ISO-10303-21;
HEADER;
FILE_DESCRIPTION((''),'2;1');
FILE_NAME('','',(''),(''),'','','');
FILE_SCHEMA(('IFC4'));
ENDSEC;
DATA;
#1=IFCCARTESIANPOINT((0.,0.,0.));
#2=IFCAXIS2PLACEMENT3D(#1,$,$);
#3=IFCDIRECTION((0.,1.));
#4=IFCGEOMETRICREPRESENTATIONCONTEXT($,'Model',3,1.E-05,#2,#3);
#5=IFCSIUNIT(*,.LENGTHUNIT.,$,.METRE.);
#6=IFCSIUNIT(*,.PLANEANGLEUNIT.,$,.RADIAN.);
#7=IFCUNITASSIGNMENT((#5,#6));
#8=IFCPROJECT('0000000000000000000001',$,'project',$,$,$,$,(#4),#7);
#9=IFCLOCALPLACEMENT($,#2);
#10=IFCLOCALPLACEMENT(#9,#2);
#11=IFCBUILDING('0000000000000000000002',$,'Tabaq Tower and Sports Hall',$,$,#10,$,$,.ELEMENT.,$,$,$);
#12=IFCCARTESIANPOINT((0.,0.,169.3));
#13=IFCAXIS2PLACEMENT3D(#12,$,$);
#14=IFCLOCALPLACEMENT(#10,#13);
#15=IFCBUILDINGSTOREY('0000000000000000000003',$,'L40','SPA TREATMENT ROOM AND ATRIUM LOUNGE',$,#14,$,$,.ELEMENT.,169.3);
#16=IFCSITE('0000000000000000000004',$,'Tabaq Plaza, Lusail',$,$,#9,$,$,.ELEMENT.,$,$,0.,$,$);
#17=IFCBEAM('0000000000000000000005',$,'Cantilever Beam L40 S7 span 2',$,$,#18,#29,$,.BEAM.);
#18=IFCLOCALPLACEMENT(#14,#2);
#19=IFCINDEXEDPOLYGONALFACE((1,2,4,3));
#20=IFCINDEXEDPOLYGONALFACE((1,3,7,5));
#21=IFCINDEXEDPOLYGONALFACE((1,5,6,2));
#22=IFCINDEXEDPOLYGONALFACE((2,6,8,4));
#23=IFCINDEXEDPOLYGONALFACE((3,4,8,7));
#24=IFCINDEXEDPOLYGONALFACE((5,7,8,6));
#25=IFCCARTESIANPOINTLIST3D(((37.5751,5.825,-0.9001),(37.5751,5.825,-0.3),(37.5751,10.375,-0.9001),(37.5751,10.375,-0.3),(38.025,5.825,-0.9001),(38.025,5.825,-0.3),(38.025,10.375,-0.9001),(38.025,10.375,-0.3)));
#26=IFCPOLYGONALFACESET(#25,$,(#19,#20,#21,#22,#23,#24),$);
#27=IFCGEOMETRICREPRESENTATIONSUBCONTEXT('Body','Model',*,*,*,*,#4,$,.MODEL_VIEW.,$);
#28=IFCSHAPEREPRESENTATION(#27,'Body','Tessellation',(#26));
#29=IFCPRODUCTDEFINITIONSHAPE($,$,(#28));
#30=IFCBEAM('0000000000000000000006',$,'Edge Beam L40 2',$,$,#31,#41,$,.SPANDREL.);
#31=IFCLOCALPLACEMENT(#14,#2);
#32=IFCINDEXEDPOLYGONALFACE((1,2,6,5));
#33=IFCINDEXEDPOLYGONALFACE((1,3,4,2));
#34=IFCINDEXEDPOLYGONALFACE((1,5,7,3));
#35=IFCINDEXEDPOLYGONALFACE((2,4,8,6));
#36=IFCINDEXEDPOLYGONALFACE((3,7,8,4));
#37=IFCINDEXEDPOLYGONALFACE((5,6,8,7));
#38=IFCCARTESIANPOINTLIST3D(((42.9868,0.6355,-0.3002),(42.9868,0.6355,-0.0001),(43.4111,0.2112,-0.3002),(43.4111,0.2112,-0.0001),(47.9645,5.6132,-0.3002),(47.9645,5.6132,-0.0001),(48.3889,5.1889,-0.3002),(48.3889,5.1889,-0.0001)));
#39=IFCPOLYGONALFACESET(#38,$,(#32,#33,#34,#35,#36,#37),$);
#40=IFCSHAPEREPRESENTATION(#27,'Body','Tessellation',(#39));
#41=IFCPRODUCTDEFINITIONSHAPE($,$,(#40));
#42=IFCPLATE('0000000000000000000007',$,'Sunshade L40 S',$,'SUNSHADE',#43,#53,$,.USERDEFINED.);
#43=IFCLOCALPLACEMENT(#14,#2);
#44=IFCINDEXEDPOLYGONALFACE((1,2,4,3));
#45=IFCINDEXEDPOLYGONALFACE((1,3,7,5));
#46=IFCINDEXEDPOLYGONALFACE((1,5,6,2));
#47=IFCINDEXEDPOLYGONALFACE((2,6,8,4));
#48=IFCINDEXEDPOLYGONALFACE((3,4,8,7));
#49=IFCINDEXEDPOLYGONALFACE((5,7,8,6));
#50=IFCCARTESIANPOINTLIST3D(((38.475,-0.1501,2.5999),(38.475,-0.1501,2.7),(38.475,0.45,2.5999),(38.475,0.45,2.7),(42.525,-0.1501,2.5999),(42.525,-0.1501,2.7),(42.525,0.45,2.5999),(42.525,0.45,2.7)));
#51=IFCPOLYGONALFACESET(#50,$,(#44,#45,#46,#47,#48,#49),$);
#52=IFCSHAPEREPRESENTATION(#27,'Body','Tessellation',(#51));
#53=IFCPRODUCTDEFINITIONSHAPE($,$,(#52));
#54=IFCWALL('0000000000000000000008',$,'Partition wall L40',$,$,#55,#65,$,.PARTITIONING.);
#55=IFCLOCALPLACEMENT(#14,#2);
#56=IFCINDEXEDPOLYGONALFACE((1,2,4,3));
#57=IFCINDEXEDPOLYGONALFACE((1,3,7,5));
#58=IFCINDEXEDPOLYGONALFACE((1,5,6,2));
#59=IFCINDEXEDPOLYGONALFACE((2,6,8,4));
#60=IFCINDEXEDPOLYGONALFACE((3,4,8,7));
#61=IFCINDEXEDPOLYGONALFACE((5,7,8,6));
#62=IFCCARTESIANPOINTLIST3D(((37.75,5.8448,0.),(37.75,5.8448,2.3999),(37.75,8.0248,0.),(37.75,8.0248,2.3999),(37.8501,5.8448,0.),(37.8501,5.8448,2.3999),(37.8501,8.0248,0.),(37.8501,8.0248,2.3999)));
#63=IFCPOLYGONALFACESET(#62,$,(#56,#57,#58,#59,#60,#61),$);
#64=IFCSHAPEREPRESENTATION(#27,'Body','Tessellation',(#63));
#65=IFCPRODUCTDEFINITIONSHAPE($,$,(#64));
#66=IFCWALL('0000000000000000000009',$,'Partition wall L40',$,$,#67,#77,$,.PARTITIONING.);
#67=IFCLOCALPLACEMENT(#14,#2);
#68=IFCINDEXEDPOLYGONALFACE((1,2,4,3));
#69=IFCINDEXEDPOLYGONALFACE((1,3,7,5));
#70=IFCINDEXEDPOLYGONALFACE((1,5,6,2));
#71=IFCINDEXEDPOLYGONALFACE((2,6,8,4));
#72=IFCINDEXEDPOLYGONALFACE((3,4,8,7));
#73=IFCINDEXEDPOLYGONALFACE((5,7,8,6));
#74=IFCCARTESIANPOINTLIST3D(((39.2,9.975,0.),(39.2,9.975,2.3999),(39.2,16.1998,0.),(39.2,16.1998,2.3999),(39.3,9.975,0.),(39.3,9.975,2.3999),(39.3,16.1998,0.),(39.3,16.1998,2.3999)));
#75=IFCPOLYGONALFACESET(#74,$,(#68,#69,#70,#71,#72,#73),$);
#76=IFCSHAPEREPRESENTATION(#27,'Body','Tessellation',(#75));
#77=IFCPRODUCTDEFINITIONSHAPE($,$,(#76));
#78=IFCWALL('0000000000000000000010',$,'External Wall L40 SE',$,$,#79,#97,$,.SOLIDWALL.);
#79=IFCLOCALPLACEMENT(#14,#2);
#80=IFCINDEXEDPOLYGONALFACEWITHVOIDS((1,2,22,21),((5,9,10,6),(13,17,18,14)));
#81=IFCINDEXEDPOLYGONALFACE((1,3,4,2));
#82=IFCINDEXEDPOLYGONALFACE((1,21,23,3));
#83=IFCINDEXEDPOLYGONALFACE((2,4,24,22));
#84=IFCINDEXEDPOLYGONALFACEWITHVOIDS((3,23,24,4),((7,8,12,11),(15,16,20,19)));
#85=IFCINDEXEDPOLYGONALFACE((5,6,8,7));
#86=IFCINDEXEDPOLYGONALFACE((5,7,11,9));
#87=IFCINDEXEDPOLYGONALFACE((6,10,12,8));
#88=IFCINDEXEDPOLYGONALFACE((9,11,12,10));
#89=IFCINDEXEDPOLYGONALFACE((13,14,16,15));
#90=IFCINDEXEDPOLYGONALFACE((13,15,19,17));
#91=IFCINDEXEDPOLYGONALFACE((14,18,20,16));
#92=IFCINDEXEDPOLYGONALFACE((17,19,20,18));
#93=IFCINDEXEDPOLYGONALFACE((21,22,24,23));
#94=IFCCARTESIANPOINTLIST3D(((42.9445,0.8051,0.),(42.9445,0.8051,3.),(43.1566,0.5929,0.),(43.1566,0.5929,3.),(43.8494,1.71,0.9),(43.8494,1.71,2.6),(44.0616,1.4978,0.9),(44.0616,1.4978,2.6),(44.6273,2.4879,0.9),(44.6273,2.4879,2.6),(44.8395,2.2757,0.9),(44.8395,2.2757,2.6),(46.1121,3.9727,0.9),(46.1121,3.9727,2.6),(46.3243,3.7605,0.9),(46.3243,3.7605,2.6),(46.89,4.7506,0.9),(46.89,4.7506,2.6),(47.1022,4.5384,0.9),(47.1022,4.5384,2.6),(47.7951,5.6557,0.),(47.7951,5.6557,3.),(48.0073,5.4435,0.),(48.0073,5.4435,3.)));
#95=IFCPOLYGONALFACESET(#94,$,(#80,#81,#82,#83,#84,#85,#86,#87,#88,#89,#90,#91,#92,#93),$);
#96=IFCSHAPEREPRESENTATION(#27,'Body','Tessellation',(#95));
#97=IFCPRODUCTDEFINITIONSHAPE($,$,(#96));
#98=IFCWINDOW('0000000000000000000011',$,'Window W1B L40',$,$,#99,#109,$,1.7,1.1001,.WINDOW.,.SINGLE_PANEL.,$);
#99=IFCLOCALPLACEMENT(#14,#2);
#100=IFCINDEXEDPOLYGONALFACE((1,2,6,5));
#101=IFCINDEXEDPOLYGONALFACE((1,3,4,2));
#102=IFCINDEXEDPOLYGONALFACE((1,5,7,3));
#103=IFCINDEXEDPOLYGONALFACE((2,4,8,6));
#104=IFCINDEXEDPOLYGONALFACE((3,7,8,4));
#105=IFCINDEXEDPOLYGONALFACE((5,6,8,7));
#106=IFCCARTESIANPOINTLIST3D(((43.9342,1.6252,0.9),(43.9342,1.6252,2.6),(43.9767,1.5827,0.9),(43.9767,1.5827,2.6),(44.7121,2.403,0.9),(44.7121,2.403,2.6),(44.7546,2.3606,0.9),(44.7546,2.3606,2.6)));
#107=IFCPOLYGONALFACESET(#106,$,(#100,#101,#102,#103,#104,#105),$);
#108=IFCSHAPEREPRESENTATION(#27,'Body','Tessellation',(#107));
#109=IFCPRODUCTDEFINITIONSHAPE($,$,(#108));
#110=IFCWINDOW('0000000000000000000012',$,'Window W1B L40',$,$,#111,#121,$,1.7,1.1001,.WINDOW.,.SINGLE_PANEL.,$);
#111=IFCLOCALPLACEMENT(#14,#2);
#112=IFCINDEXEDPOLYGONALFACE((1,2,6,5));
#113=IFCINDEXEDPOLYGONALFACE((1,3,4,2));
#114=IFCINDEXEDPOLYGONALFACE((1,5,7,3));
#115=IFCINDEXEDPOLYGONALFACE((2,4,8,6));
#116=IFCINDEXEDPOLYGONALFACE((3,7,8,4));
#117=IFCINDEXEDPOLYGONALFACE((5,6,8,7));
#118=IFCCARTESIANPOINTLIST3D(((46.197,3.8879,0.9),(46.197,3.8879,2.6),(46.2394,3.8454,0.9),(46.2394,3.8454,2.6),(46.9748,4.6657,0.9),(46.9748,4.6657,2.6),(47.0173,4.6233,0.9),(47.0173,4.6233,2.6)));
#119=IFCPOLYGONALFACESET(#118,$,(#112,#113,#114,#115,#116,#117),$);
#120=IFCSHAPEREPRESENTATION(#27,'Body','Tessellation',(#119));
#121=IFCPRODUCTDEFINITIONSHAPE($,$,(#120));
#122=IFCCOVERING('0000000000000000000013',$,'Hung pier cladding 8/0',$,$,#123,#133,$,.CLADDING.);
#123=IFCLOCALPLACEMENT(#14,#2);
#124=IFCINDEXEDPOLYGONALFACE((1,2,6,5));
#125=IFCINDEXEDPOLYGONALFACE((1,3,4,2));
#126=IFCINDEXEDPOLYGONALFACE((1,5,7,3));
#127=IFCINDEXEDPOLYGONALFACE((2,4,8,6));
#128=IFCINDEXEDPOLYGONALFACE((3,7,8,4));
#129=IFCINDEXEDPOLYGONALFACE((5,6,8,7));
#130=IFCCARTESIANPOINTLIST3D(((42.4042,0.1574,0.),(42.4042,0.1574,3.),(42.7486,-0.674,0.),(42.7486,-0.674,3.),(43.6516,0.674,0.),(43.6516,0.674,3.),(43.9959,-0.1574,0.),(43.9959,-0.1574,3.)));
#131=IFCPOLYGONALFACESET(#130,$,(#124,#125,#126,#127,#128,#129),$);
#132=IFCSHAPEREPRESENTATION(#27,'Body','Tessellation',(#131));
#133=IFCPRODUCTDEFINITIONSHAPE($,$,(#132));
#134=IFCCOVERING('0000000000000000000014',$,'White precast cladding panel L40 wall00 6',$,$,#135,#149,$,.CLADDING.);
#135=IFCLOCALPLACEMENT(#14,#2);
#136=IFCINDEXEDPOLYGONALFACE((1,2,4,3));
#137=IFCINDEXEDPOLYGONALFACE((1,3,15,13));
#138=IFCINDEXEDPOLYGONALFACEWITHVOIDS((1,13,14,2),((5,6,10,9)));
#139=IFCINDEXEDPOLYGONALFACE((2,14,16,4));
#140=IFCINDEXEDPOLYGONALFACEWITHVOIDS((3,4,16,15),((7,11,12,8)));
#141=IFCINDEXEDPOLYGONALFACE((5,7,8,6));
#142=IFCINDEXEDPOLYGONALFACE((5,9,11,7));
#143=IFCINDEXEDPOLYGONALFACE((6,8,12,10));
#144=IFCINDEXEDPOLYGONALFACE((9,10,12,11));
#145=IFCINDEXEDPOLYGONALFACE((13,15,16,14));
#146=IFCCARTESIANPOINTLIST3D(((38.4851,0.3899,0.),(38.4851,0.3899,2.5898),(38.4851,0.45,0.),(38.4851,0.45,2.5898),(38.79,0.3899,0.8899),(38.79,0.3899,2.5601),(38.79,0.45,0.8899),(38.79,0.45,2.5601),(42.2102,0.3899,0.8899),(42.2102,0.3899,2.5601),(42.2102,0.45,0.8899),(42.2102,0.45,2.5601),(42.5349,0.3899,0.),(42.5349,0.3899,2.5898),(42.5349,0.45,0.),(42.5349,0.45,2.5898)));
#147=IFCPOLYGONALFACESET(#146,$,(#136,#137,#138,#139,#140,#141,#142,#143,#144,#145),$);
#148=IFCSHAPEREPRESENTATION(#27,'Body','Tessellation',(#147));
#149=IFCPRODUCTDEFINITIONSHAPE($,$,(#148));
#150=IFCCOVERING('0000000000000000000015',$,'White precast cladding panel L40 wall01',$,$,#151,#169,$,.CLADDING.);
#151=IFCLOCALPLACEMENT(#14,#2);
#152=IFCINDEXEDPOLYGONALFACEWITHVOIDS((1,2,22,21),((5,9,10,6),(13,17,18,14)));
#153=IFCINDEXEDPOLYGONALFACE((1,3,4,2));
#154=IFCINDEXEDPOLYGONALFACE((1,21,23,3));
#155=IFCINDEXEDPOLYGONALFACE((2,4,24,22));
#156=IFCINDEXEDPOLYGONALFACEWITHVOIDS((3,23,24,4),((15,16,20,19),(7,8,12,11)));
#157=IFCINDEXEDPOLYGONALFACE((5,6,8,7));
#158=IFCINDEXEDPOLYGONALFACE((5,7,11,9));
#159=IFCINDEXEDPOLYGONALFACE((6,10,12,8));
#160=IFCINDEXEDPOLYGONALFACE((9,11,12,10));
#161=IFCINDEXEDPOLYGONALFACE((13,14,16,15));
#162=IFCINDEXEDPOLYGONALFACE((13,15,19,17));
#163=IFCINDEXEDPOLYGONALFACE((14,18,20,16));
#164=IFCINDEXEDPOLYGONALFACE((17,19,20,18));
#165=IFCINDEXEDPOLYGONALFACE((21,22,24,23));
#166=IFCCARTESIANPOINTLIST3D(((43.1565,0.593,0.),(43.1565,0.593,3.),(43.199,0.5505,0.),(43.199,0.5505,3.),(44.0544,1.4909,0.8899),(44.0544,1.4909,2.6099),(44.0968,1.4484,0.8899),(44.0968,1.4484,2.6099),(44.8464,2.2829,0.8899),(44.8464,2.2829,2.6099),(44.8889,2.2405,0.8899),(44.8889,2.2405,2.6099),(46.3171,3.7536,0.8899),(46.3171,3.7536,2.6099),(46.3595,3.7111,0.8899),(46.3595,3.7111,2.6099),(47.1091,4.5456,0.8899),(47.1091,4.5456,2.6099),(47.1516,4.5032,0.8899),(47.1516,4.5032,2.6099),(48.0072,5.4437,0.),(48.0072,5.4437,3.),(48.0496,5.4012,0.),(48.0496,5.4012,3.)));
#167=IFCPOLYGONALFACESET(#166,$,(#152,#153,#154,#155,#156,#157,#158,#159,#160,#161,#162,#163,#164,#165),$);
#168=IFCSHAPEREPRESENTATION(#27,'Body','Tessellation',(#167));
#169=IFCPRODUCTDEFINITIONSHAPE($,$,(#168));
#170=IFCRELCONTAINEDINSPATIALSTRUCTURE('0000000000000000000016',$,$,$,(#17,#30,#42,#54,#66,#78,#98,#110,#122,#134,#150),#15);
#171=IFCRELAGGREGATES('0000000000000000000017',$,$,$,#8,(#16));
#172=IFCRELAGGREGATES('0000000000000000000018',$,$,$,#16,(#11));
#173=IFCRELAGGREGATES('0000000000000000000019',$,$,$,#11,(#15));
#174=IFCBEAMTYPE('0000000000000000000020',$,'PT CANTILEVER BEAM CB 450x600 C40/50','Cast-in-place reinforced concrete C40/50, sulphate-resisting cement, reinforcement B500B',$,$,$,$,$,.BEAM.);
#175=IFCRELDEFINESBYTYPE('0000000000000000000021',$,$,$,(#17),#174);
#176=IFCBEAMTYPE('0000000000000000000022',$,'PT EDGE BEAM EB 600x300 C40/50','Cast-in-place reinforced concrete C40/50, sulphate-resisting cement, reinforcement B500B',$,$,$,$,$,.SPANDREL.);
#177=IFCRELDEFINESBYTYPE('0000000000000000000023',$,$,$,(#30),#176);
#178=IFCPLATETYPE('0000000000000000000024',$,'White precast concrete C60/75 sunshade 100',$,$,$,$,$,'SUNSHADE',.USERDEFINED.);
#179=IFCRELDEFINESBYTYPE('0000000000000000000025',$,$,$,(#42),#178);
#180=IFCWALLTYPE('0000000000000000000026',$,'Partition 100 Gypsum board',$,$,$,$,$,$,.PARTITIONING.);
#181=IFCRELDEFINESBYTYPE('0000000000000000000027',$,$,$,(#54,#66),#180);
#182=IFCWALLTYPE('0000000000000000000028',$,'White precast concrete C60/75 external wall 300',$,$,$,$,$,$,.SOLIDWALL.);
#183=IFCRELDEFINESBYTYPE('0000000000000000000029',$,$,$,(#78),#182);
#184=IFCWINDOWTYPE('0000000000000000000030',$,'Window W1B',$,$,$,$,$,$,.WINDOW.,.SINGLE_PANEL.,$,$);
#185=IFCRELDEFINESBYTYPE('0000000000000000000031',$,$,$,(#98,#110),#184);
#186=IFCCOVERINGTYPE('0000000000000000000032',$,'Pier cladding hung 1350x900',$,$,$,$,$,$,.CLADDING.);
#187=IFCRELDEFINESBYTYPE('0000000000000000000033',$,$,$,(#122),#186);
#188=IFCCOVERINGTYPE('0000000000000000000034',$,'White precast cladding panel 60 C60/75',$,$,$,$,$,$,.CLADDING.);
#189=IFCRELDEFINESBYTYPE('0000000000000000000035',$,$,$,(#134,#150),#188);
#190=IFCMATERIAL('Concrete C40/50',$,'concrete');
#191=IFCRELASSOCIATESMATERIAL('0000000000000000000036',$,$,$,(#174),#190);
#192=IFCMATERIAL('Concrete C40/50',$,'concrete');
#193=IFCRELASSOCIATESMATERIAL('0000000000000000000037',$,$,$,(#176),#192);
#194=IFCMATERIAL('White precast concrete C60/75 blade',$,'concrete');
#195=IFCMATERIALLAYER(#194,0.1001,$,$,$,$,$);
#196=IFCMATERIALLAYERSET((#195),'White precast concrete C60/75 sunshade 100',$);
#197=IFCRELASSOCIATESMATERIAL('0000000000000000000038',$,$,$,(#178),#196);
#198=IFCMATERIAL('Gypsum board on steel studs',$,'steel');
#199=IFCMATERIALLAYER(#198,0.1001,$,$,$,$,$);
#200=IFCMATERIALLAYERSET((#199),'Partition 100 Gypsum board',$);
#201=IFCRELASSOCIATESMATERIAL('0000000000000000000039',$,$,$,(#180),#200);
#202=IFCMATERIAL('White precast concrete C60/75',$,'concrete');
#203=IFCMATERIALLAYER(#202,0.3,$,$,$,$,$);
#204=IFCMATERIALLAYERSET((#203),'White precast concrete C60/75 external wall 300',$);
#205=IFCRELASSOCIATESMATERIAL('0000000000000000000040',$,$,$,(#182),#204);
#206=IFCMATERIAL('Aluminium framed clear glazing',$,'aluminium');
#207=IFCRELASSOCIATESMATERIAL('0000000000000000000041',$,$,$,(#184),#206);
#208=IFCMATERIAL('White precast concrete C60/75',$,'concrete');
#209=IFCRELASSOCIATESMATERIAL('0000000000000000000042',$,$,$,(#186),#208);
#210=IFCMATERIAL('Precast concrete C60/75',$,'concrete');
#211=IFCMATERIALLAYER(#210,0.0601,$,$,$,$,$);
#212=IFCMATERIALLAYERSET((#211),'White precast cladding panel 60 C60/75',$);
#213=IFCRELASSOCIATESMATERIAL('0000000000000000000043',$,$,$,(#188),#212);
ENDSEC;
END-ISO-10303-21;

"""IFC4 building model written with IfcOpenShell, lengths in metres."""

from ifc_helpers import new_model, si_unit, direction, frame, frame_2d, origin, origin_2d, place, context, subcontext, project, spatial, polyline, rectangle, outline, extrude, material, layer, layer_set, material_profile, profile_set, type_object, element, fill, save


model = new_model("IFC4")

# Units and contexts
model_context = context("Model", 3, precision=1e-05, world=origin(), true_north=direction((0.0, 1.0)))
body_context = subcontext(model_context, "Body", "Model", "MODEL_VIEW")
ifc_project = project(units=[si_unit("LENGTHUNIT", "METRE"), si_unit("PLANEANGLEUNIT", "RADIAN")], contexts=[model_context])

# Site, building, storey
site_placement = place(None, origin())
site = spatial("IfcSite", under=ifc_project, at=site_placement, Name="Tabaq Plaza, Lusail", CompositionType="ELEMENT", RefElevation=0.0)
building_placement = place(site_placement, origin())
building = spatial("IfcBuilding", under=site, at=building_placement, Name="Tabaq Tower and Sports Hall", CompositionType="ELEMENT")
storey_placement = place(building_placement, frame((0.0, 0.0, 169.3)))
storey = spatial("IfcBuildingStorey", under=building, at=storey_placement, Name="L40", Description="SPA TREATMENT ROOM AND ATRIUM LOUNGE", CompositionType="ELEMENT", Elevation=169.3)

# Beams
ifc_material_1 = material(Name="Concrete C40/50", Category="concrete")
ifc_material_profile_1 = material_profile(ifc_material_1, rectangle(XDim=0.45, YDim=0.6001, at=origin_2d()), Name="CB 450x600")
ifc_profile_set_1 = profile_set([ifc_material_profile_1], Name="Concrete C40/50")
beam_type_1 = type_object("IfcBeamType", Name="PT CANTILEVER BEAM CB 450x600 C40/50", Description="Cast-in-place reinforced concrete C40/50, sulphate-resisting cement, reinforcement B500B", PredefinedType="BEAM", material=ifc_profile_set_1)
beam_1_placement = place(storey_placement, frame((37.8, 5.825, -0.6001), z_axis=(0.0, 1.0, 0.0), x_axis=(-1.0, 0.0, 0.0)))
element("IfcBeam", 1, at=beam_1_placement, inside=storey, type_object=beam_type_1, Name="Cantilever Beam L40 S7 span 2", PredefinedType="BEAM", context=body_context, shape_type="SweptSolid", body=[
    extrude(rectangle(XDim=0.45, YDim=0.6001, at=origin_2d()), origin(), (0.0, 0.0, 1.0), 4.55),
])
ifc_material_2 = material(Name="Concrete C40/50", Category="concrete")
ifc_material_profile_2 = material_profile(ifc_material_2, rectangle(XDim=0.6001, YDim=0.3, at=origin_2d()), Name="EB 600x300")
ifc_profile_set_2 = profile_set([ifc_material_profile_2], Name="Concrete C40/50")
beam_type_2 = type_object("IfcBeamType", Name="PT EDGE BEAM EB 600x300 C40/50", Description="Cast-in-place reinforced concrete C40/50, sulphate-resisting cement, reinforcement B500B", PredefinedType="SPANDREL", material=ifc_profile_set_2)
beam_2_placement = place(storey_placement, frame((43.199, 0.4233, -0.1501), z_axis=(0.707107, 0.707107, 0.0), x_axis=(-0.707107, 0.707107, 0.0)))
element("IfcBeam", 2, at=beam_2_placement, inside=storey, type_object=beam_type_2, Name="Edge Beam L40 2", PredefinedType="SPANDREL", context=body_context, shape_type="SweptSolid", body=[
    extrude(rectangle(XDim=0.6001, YDim=0.3, at=origin_2d()), origin(), (0.0, 0.0, 1.0), 7.0396),
])

# Plate
ifc_material_3 = material(Name="White precast concrete C60/75 blade", Category="concrete")
ifc_layer_1 = layer(ifc_material_3, 0.1001)
ifc_layer_set_1 = layer_set([ifc_layer_1], Name="White precast concrete C60/75 sunshade 100")
plate_type = type_object("IfcPlateType", Name="White precast concrete C60/75 sunshade 100", ElementType="SUNSHADE", PredefinedType="USERDEFINED", material=ifc_layer_set_1)
plate_placement = place(storey_placement, frame((40.5, 0.1499, 2.5999), z_axis=(0.0, 0.0, 1.0), x_axis=(1.0, 0.0, 0.0)))
element("IfcPlate", 3, at=plate_placement, inside=storey, type_object=plate_type, Name="Sunshade L40 S", ObjectType="SUNSHADE", PredefinedType="USERDEFINED", context=body_context, shape_type="SweptSolid", body=[
    extrude(rectangle(XDim=4.05, YDim=0.6001, at=origin_2d()), origin(), (0.0, 0.0, 1.0), 0.1001),
])

# Walls
ifc_material_4 = material(Name="Gypsum board on steel studs", Category="steel")
ifc_layer_2 = layer(ifc_material_4, 0.1001)
ifc_layer_set_2 = layer_set([ifc_layer_2], Name="Partition 100 Gypsum board")
wall_type_1 = type_object("IfcWallType", Name="Partition 100 Gypsum board", PredefinedType="PARTITIONING", material=ifc_layer_set_2)
wall_1_placement = place(storey_placement, frame((37.8, 5.845, 0.0), z_axis=(0.0, 0.0, 1.0), x_axis=(0.0, 1.0, 0.0)))
element("IfcWall", 4, at=wall_1_placement, inside=storey, type_object=wall_type_1, Name="Partition wall L40", PredefinedType="PARTITIONING", context=body_context, shape_type="SweptSolid", body=[
    extrude(rectangle(XDim=2.1799, YDim=0.1001, at=frame_2d((1.0898, 0.0))), origin(), (0.0, 0.0, 1.0), 2.3999),
])
wall_2_placement = place(storey_placement, frame((39.25, 9.9751, 0.0), z_axis=(0.0, 0.0, 1.0), x_axis=(0.0, 1.0, 0.0)))
element("IfcWall", 5, at=wall_2_placement, inside=storey, type_object=wall_type_1, Name="Partition wall L40", PredefinedType="PARTITIONING", context=body_context, shape_type="SweptSolid", body=[
    extrude(rectangle(XDim=6.2249, YDim=0.1001, at=frame_2d((3.1123, 0.0))), origin(), (0.0, 0.0, 1.0), 2.3999),
])

# Wall, openings, windows
ifc_material_5 = material(Name="White precast concrete C60/75", Category="concrete")
ifc_layer_3 = layer(ifc_material_5, 0.3)
ifc_layer_set_3 = layer_set([ifc_layer_3], Name="White precast concrete C60/75 external wall 300")
wall_type_2 = type_object("IfcWallType", Name="White precast concrete C60/75 external wall 300", PredefinedType="SOLIDWALL", material=ifc_layer_set_3)
wall_3_placement = place(storey_placement, frame((43.0505, 0.699, 0.0), z_axis=(0.0, 0.0, 1.0), x_axis=(0.707107, 0.707107, 0.0)))
wall_3 = element("IfcWall", 6, at=wall_3_placement, inside=storey, type_object=wall_type_2, Name="External Wall L40 SE", PredefinedType="SOLIDWALL", context=body_context, shape_type="SweptSolid", body=[
    extrude(rectangle(XDim=6.8599, YDim=0.3, at=frame_2d((3.4299, 0.0))), origin(), (0.0, 0.0, 1.0), 3.0),
])
opening_1_placement = place(wall_3_placement, frame((1.2798, 0.0, 0.8999)))
opening_1 = element("IfcOpeningElement", 7, at=opening_1_placement, cuts=wall_3, PredefinedType="OPENING", context=body_context, shape_type="SweptSolid", body=[
    extrude(rectangle(XDim=1.1001, YDim=1.7, at=frame_2d((0.55, 0.8501))), frame((0.0, 0.1602, 0.0), z_axis=(0.0, -1.0, 0.0), x_axis=(1.0, 0.0, 0.0)), (0.0, 0.0, 1.0), 0.3201),
])
opening_2_placement = place(wall_3_placement, frame((4.4797, 0.0, 0.8999)))
opening_2 = element("IfcOpeningElement", 8, at=opening_2_placement, cuts=wall_3, PredefinedType="OPENING", context=body_context, shape_type="SweptSolid", body=[
    extrude(rectangle(XDim=1.1001, YDim=1.7, at=frame_2d((0.55, 0.8501))), frame((0.0, 0.1602, 0.0), z_axis=(0.0, -1.0, 0.0), x_axis=(1.0, 0.0, 0.0)), (0.0, 0.0, 1.0), 0.3201),
])
ifc_material_6 = material(Name="Aluminium framed clear glazing", Category="aluminium")
window_type = type_object("IfcWindowType", Name="Window W1B", PartitioningType="SINGLE_PANEL", PredefinedType="WINDOW", material=ifc_material_6)
window_1_placement = place(opening_1_placement, origin())
window_1 = element("IfcWindow", 9, at=window_1_placement, inside=storey, type_object=window_type, Name="Window W1B L40", OverallHeight=1.7, OverallWidth=1.1001, PartitioningType="SINGLE_PANEL", PredefinedType="WINDOW", context=body_context, shape_type="SweptSolid", body=[
    extrude(rectangle(XDim=1.1001, YDim=1.7, at=frame_2d((0.55, 0.8501))), frame((0.0, 0.03, 0.0), z_axis=(0.0, -1.0, 0.0), x_axis=(1.0, 0.0, 0.0)), (0.0, 0.0, 1.0), 0.0601),
])
fill(opening_1, window_1)
window_2_placement = place(opening_2_placement, origin())
window_2 = element("IfcWindow", 10, at=window_2_placement, inside=storey, type_object=window_type, Name="Window W1B L40", OverallHeight=1.7, OverallWidth=1.1001, PartitioningType="SINGLE_PANEL", PredefinedType="WINDOW", context=body_context, shape_type="SweptSolid", body=[
    extrude(rectangle(XDim=1.1001, YDim=1.7, at=frame_2d((0.55, 0.8501))), frame((0.0, 0.03, 0.0), z_axis=(0.0, -1.0, 0.0), x_axis=(1.0, 0.0, 0.0)), (0.0, 0.0, 1.0), 0.0601),
])
fill(opening_2, window_2)

# Coverings
ifc_material_7 = material(Name="White precast concrete C60/75", Category="concrete")
covering_type_1 = type_object("IfcCoveringType", Name="Pier cladding hung 1350x900", PredefinedType="CLADDING", material=ifc_material_7)
covering_1_placement = place(storey_placement, frame((42.5764, -0.2583, 0.0), z_axis=(0.0, 0.0, 1.0), x_axis=(0.923893, 0.38265, 0.0)))
element("IfcCovering", 11, at=covering_1_placement, inside=storey, type_object=covering_type_1, Name="Hung pier cladding 8/0", PredefinedType="CLADDING", context=body_context, shape_type="SweptSolid", body=[
    extrude(rectangle(XDim=1.3501, YDim=0.8999, at=frame_2d((0.675, 0.0))), origin(), (0.0, 0.0, 1.0), 3.0),
])
ifc_material_8 = material(Name="Precast concrete C60/75", Category="concrete")
ifc_layer_4 = layer(ifc_material_8, 0.0601)
ifc_layer_set_4 = layer_set([ifc_layer_4], Name="White precast cladding panel 60 C60/75")
covering_type_2 = type_object("IfcCoveringType", Name="White precast cladding panel 60 C60/75", PredefinedType="CLADDING", material=ifc_layer_set_4)
covering_2_placement = place(storey_placement, frame((38.4851, 0.4199, 0.0), z_axis=(0.0, 0.0, 1.0), x_axis=(1.0, 0.0, 0.0)))
element("IfcCovering", 12, at=covering_2_placement, inside=storey, type_object=covering_type_2, Name="White precast cladding panel L40 wall00 6", PredefinedType="CLADDING", context=body_context, shape_type="SweptSolid", body=[
    extrude(outline(polyline([(0.0, 0.0), (4.0498, 0.0), (4.0498, 2.5898), (0.0, 2.5898), (0.0, 0.0)]), holes=[polyline([(3.7251, 0.8899), (0.3049, 0.8899), (0.3049, 2.5601), (3.7251, 2.5601), (3.7251, 0.8899)])]), frame((0.0, 0.03, 0.0), z_axis=(0.0, -1.0, 0.0), x_axis=(1.0, 0.0, 0.0)), (0.0, 0.0, 1.0), 0.0601),
])
covering_3_placement = place(storey_placement, frame((43.1777, 0.5718, 0.0), z_axis=(0.0, 0.0, 1.0), x_axis=(0.707107, 0.707107, 0.0)))
element("IfcCovering", 13, at=covering_3_placement, inside=storey, type_object=covering_type_2, Name="White precast cladding panel L40 wall01", PredefinedType="CLADDING", context=body_context, shape_type="SweptSolid", body=[
    extrude(outline(polyline([(0.0, 0.0), (6.8599, 0.0), (6.8599, 3.0), (0.0, 3.0), (0.0, 0.0)]), holes=[polyline([(1.2698, 2.6099), (2.3899, 2.6099), (2.3899, 0.8899), (1.2698, 0.8899), (1.2698, 2.6099)]), polyline([(4.4697, 2.6099), (5.5898, 2.6099), (5.5898, 0.8899), (4.4697, 0.8899), (4.4697, 2.6099)])]), frame((0.0, 0.03, 0.0), z_axis=(0.0, -1.0, 0.0), x_axis=(1.0, 0.0, 0.0)), (0.0, 0.0, 1.0), 0.0601),
])

save(model, "model.ifc")
